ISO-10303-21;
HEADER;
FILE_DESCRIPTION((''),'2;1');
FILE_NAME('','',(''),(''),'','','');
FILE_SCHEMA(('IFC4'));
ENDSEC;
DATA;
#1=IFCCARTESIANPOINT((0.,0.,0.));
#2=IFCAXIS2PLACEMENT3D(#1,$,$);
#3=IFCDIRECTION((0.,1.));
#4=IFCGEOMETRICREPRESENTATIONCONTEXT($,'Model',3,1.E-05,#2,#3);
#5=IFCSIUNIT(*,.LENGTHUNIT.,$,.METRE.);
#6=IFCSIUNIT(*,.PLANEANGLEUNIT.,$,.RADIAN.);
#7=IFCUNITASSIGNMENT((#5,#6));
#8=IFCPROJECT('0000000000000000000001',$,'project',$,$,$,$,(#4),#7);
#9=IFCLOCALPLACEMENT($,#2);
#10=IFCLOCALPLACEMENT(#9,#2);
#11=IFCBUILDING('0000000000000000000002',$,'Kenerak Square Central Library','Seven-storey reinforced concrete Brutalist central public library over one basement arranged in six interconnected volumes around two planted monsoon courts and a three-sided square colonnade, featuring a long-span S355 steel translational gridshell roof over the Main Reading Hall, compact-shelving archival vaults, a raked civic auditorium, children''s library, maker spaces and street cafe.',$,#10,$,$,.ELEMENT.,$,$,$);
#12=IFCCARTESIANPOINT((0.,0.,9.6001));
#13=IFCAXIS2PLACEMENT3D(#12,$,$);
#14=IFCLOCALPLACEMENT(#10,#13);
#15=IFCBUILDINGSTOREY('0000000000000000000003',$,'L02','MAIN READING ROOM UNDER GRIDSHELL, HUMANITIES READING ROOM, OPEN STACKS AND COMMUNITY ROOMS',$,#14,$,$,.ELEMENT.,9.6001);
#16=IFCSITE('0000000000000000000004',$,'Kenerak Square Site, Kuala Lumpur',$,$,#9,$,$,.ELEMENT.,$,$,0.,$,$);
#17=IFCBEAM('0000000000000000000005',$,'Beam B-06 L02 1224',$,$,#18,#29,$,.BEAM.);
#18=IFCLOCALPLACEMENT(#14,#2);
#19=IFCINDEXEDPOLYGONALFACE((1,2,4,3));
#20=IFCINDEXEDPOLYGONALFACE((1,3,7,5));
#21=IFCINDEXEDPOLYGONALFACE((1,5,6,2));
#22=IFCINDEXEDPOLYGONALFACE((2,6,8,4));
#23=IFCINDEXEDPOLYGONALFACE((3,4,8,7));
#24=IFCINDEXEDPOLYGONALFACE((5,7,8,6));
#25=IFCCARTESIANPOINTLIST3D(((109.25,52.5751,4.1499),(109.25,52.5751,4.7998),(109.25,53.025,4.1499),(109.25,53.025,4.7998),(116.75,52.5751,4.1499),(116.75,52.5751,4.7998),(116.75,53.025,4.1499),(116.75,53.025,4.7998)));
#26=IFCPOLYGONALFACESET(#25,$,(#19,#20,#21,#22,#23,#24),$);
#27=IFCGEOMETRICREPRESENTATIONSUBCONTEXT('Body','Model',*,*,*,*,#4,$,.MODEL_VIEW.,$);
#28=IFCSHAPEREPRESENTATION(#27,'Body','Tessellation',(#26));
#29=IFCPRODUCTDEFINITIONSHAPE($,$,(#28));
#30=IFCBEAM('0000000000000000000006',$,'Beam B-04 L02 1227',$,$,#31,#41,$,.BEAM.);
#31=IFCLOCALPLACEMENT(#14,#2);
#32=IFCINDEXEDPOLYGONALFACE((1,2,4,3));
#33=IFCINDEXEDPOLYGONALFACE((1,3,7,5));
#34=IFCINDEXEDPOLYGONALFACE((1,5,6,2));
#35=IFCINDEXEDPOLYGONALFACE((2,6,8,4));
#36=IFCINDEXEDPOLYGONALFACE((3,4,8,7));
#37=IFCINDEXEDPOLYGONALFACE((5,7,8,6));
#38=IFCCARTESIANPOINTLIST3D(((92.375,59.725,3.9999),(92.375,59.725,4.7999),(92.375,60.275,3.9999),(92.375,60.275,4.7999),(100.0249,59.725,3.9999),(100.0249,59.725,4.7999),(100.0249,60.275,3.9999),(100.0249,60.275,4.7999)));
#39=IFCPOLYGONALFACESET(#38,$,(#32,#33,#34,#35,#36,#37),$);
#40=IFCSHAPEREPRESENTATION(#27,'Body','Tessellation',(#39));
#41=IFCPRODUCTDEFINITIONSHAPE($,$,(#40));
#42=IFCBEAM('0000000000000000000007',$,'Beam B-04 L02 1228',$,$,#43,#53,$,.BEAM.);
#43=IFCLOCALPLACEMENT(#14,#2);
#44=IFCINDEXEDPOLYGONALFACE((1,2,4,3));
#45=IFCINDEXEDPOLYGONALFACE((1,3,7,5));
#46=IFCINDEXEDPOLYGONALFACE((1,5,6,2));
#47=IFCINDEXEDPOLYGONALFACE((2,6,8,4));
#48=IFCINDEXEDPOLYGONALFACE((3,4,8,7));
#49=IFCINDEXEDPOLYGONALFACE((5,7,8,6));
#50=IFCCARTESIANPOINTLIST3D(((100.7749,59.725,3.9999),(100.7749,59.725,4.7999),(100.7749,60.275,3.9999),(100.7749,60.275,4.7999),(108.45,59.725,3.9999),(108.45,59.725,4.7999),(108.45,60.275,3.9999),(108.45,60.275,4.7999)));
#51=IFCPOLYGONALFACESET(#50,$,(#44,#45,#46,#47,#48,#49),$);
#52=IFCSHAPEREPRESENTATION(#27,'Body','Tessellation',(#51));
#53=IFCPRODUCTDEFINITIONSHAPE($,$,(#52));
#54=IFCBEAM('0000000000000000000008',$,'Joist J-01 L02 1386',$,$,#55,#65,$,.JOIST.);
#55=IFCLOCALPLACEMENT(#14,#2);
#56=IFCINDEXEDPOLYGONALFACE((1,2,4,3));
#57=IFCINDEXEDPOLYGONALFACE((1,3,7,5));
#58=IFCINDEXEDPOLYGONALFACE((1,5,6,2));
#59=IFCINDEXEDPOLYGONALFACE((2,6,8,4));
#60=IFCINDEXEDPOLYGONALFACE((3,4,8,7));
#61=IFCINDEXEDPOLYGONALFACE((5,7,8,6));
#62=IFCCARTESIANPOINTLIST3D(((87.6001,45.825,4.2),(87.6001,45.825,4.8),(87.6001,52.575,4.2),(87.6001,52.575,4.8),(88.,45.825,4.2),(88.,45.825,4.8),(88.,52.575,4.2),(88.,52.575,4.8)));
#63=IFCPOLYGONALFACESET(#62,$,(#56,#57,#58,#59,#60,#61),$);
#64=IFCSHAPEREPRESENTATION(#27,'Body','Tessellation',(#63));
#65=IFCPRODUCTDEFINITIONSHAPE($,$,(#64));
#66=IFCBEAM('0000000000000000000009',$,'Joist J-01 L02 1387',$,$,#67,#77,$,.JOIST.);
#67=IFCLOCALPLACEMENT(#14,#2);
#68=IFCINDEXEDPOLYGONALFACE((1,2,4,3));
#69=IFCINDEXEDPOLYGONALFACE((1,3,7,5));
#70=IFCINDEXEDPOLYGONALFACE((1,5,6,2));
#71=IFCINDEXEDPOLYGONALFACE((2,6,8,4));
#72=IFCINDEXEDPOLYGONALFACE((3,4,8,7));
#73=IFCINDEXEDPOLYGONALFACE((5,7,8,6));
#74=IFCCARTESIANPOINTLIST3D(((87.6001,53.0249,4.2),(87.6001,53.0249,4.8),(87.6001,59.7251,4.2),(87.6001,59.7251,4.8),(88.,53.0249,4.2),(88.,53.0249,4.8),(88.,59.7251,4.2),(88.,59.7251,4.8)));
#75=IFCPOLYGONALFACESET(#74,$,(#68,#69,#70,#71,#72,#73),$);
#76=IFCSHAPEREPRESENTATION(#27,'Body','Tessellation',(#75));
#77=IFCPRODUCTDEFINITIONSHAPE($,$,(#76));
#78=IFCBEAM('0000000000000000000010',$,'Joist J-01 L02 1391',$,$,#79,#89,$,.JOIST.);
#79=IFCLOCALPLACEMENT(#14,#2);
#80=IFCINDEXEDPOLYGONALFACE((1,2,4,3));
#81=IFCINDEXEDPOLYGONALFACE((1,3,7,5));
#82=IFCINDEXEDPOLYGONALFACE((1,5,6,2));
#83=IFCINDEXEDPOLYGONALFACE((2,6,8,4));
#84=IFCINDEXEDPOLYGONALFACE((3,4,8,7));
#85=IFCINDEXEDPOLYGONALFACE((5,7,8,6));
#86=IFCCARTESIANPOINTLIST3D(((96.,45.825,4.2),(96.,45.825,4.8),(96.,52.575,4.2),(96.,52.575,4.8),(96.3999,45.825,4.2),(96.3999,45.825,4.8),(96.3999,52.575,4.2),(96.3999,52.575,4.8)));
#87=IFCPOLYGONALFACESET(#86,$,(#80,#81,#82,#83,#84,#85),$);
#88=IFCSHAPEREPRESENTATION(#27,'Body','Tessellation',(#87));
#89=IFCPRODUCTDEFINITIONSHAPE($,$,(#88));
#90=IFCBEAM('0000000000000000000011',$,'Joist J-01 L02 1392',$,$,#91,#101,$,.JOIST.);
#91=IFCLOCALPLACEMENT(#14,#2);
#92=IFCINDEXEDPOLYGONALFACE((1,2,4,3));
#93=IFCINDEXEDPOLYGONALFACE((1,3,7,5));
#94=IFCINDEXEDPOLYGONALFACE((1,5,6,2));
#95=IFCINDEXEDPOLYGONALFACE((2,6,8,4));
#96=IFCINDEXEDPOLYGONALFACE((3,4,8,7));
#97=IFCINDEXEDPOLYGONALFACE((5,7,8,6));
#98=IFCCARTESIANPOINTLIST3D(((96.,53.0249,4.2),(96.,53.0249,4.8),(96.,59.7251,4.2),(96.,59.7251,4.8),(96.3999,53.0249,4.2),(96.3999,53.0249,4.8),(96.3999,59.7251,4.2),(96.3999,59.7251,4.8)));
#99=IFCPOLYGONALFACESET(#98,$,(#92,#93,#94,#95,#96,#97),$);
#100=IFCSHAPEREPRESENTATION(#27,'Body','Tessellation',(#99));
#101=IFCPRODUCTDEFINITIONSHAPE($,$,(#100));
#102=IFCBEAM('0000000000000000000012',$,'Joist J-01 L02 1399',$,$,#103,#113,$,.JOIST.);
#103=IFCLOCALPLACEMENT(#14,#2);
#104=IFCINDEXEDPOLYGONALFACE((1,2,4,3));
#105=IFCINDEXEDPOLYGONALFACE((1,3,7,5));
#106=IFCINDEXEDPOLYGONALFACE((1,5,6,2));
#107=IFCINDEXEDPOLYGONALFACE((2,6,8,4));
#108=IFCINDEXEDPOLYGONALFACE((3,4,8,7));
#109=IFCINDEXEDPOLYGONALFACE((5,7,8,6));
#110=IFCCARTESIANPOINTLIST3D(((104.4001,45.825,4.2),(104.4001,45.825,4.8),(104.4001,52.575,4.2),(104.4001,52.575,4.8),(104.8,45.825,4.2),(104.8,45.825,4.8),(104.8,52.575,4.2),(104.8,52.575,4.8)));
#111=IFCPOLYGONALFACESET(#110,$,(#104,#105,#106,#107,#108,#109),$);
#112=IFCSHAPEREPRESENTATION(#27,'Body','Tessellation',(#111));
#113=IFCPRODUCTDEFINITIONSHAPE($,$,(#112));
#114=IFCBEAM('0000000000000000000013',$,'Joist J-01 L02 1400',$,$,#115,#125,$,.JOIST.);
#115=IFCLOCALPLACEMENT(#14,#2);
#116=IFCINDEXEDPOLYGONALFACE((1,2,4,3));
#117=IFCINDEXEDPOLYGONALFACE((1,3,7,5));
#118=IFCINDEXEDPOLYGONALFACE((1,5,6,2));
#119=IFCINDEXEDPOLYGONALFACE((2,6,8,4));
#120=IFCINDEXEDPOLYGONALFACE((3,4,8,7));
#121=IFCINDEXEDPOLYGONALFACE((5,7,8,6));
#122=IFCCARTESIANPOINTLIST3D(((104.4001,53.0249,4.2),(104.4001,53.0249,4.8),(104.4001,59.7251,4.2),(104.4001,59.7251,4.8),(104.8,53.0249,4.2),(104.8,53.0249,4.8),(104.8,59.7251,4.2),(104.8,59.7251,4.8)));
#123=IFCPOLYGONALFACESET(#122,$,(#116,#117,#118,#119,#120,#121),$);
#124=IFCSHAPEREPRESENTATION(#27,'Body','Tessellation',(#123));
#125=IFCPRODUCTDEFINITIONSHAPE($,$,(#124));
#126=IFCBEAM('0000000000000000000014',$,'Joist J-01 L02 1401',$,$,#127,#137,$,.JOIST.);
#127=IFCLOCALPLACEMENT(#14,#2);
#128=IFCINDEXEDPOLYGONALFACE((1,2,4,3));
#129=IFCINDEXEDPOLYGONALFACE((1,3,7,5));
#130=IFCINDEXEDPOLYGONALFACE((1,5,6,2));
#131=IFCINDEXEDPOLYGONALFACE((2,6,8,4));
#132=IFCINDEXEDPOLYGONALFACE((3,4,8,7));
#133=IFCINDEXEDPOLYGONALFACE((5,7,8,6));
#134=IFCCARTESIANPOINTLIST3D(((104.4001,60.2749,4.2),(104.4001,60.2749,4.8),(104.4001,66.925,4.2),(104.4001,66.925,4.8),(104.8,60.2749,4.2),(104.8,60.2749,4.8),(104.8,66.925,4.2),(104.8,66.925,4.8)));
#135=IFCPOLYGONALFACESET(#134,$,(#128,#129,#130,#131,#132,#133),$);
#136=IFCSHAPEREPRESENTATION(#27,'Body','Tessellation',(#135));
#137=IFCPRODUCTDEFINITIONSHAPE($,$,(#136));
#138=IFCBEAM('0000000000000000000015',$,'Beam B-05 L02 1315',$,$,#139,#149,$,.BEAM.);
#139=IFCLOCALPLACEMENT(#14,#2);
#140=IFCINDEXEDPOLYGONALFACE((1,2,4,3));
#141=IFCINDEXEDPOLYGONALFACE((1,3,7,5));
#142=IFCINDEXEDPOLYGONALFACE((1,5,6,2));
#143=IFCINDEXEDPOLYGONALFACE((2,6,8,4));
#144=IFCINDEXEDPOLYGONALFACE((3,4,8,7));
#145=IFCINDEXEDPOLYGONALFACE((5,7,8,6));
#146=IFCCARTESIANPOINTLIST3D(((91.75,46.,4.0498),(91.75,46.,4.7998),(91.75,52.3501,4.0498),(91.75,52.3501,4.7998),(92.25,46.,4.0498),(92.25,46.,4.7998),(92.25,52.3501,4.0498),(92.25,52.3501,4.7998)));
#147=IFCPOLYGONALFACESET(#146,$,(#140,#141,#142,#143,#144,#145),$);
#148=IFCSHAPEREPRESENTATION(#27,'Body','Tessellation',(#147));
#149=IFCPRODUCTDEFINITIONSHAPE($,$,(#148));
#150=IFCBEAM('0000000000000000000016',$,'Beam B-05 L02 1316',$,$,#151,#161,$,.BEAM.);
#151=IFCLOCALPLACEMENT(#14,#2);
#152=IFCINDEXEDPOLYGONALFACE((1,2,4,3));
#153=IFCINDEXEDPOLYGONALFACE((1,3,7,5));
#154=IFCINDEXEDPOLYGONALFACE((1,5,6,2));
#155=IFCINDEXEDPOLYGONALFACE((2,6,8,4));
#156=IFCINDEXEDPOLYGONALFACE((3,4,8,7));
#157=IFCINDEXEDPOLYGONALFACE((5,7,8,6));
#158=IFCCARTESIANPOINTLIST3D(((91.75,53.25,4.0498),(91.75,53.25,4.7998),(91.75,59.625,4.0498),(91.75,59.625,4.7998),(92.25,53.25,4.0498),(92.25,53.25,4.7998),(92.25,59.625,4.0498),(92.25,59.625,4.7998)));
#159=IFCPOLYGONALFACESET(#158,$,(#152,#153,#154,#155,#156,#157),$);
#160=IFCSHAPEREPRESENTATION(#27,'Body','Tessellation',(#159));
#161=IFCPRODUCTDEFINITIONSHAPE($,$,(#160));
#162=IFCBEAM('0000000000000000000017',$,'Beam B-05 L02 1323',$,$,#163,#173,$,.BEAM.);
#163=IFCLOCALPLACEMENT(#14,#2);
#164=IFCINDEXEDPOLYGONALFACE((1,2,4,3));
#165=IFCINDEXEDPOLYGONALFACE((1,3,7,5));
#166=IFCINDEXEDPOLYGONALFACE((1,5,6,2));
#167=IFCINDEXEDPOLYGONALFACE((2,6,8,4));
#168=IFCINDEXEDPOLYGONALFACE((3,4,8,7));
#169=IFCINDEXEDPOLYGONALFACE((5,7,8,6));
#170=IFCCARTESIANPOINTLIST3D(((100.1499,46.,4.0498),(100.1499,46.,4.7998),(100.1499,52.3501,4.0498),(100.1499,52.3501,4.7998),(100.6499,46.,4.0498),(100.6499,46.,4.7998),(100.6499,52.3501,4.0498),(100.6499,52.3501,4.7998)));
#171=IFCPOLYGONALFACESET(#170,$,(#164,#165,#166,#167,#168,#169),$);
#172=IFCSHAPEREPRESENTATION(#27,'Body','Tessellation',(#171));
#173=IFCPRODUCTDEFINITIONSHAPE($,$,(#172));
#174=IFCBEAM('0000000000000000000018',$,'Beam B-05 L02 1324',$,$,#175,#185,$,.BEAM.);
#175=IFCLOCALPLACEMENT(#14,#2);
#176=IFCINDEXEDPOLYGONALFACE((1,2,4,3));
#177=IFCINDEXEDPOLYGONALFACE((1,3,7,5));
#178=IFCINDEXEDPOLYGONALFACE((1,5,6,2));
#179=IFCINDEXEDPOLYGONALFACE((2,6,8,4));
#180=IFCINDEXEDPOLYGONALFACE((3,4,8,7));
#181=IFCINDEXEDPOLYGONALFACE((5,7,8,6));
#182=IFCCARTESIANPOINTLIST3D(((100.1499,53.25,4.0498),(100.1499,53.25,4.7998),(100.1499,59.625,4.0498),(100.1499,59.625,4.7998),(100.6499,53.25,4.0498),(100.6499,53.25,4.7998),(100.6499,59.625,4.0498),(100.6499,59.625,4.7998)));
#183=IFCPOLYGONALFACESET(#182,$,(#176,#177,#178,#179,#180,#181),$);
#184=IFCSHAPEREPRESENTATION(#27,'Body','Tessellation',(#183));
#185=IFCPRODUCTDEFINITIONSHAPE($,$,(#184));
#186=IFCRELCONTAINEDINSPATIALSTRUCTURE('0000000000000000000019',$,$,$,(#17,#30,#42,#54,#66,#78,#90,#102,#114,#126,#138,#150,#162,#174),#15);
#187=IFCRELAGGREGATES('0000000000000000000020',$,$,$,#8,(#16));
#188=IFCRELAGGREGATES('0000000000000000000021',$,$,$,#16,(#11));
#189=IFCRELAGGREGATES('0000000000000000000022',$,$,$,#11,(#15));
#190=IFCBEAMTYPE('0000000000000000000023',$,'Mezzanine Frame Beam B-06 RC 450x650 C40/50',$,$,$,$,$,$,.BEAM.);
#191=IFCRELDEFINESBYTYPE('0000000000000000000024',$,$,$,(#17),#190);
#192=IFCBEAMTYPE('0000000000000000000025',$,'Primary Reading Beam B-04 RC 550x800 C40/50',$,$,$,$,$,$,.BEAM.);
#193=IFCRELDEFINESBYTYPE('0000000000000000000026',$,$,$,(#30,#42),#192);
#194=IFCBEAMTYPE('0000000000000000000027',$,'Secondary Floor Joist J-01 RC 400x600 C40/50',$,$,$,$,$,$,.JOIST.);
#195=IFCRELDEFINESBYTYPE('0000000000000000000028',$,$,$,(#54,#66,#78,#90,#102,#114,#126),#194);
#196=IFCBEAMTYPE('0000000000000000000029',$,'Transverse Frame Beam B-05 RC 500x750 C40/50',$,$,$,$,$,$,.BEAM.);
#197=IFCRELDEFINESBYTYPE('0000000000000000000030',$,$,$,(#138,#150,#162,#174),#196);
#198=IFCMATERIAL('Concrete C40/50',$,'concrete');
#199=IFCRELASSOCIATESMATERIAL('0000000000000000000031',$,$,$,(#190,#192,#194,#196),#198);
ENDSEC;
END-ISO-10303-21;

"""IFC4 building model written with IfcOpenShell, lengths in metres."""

from ifc_helpers import new_model, si_unit, direction, frame, origin, origin_2d, place, context, subcontext, project, spatial, rectangle, extrude, material, material_profile, profile_set, type_object, element, save


model = new_model("IFC4")

# Units and contexts
model_context = context("Model", 3, precision=1e-05, world=origin(), true_north=direction((0.0, 1.0)))
body_context = subcontext(model_context, "Body", "Model", "MODEL_VIEW")
ifc_project = project(units=[si_unit("LENGTHUNIT", "METRE"), si_unit("PLANEANGLEUNIT", "RADIAN")], contexts=[model_context])

# Site, building, storey
site_placement = place(None, origin())
site = spatial("IfcSite", under=ifc_project, at=site_placement, Name="Kenerak Square Site, Kuala Lumpur", CompositionType="ELEMENT", RefElevation=0.0)
building_placement = place(site_placement, origin())
building = spatial("IfcBuilding", under=site, at=building_placement, Name="Kenerak Square Central Library", Description="Seven-storey reinforced concrete Brutalist central public library over one basement arranged in six interconnected volumes around two planted monsoon courts and a three-sided square colonnade, featuring a long-span S355 steel translational gridshell roof over the Main Reading Hall, compact-shelving archival vaults, a raked civic auditorium, children's library, maker spaces and street cafe.", CompositionType="ELEMENT")
storey_placement = place(building_placement, frame((0.0, 0.0, 9.6001)))
storey = spatial("IfcBuildingStorey", under=building, at=storey_placement, Name="L02", Description="MAIN READING ROOM UNDER GRIDSHELL, HUMANITIES READING ROOM, OPEN STACKS AND COMMUNITY ROOMS", CompositionType="ELEMENT", Elevation=9.6001)

# Shared definitions
ifc_material_1 = material(Name="Concrete C40/50", Category="concrete")

# Beams
ifc_material_profile_1 = material_profile(ifc_material_1, rectangle(XDim=0.45, YDim=0.6499, at=origin_2d()), Name="RC 450x650")
ifc_profile_set_1 = profile_set([ifc_material_profile_1], Name="Concrete C40/50")
beam_type_1 = type_object("IfcBeamType", Name="Mezzanine Frame Beam B-06 RC 450x650 C40/50", PredefinedType="BEAM", material=ifc_profile_set_1)
for number, where, z_axis, x_axis, name in (
    (1, (109.25, 52.8, 4.4749), (1.0, 0.0, 0.0), (0.0, 1.0, 0.0), "Beam B-06 L02 1224"),
):
    element("IfcBeam", number, at=place(storey_placement, frame(where, z_axis=z_axis, x_axis=x_axis)), inside=storey, type_object=beam_type_1, Name=name, PredefinedType="BEAM", context=body_context, shape_type="SweptSolid", body=[
        extrude(rectangle(XDim=0.45, YDim=0.6499, at=origin_2d()), origin(), (0.0, 0.0, 1.0), 7.5),
    ])
ifc_material_profile_2 = material_profile(ifc_material_1, rectangle(XDim=0.55, YDim=0.8, at=origin_2d()), Name="RC 550x800")
ifc_profile_set_2 = profile_set([ifc_material_profile_2], Name="Concrete C40/50")
beam_type_2 = type_object("IfcBeamType", Name="Primary Reading Beam B-04 RC 550x800 C40/50", PredefinedType="BEAM", material=ifc_profile_set_2)
beam_1_placement = place(storey_placement, frame((92.375, 60.0, 4.3999), z_axis=(1.0, 0.0, 0.0), x_axis=(0.0, 1.0, 0.0)))
element("IfcBeam", 2, at=beam_1_placement, inside=storey, type_object=beam_type_2, Name="Beam B-04 L02 1227", PredefinedType="BEAM", context=body_context, shape_type="SweptSolid", body=[
    extrude(rectangle(XDim=0.55, YDim=0.8, at=origin_2d()), origin(), (0.0, 0.0, 1.0), 7.6499),
])
beam_2_placement = place(storey_placement, frame((100.7749, 60.0, 4.3999), z_axis=(1.0, 0.0, 0.0), x_axis=(0.0, 1.0, 0.0)))
element("IfcBeam", 3, at=beam_2_placement, inside=storey, type_object=beam_type_2, Name="Beam B-04 L02 1228", PredefinedType="BEAM", context=body_context, shape_type="SweptSolid", body=[
    extrude(rectangle(XDim=0.55, YDim=0.8, at=origin_2d()), origin(), (0.0, 0.0, 1.0), 7.675),
])
ifc_material_profile_3 = material_profile(ifc_material_1, rectangle(XDim=0.3999, YDim=0.6001, at=origin_2d()), Name="RC 400x600")
ifc_profile_set_3 = profile_set([ifc_material_profile_3], Name="Concrete C40/50")
beam_type_3 = type_object("IfcBeamType", Name="Secondary Floor Joist J-01 RC 400x600 C40/50", PredefinedType="JOIST", material=ifc_profile_set_3)
beam_3_placement = place(storey_placement, frame((87.8, 45.825, 4.5), z_axis=(0.0, 1.0, 0.0), x_axis=(-1.0, 0.0, 0.0)))
element("IfcBeam", 4, at=beam_3_placement, inside=storey, type_object=beam_type_3, Name="Joist J-01 L02 1386", PredefinedType="JOIST", context=body_context, shape_type="SweptSolid", body=[
    extrude(rectangle(XDim=0.3999, YDim=0.6001, at=origin_2d()), origin(), (0.0, 0.0, 1.0), 6.75),
])
beam_4_placement = place(storey_placement, frame((87.8, 53.0249, 4.5), z_axis=(0.0, 1.0, 0.0), x_axis=(-1.0, 0.0, 0.0)))
element("IfcBeam", 5, at=beam_4_placement, inside=storey, type_object=beam_type_3, Name="Joist J-01 L02 1387", PredefinedType="JOIST", context=body_context, shape_type="SweptSolid", body=[
    extrude(rectangle(XDim=0.3999, YDim=0.6001, at=origin_2d()), origin(), (0.0, 0.0, 1.0), 6.7002),
])
beam_5_placement = place(storey_placement, frame((96.2, 45.825, 4.5), z_axis=(0.0, 1.0, 0.0), x_axis=(-1.0, 0.0, 0.0)))
element("IfcBeam", 6, at=beam_5_placement, inside=storey, type_object=beam_type_3, Name="Joist J-01 L02 1391", PredefinedType="JOIST", context=body_context, shape_type="SweptSolid", body=[
    extrude(rectangle(XDim=0.3999, YDim=0.6001, at=origin_2d()), origin(), (0.0, 0.0, 1.0), 6.75),
])
beam_6_placement = place(storey_placement, frame((96.2, 53.0249, 4.5), z_axis=(0.0, 1.0, 0.0), x_axis=(-1.0, 0.0, 0.0)))
element("IfcBeam", 7, at=beam_6_placement, inside=storey, type_object=beam_type_3, Name="Joist J-01 L02 1392", PredefinedType="JOIST", context=body_context, shape_type="SweptSolid", body=[
    extrude(rectangle(XDim=0.3999, YDim=0.6001, at=origin_2d()), origin(), (0.0, 0.0, 1.0), 6.7002),
])
beam_7_placement = place(storey_placement, frame((104.6001, 45.825, 4.5), z_axis=(0.0, 1.0, 0.0), x_axis=(-1.0, 0.0, 0.0)))
element("IfcBeam", 8, at=beam_7_placement, inside=storey, type_object=beam_type_3, Name="Joist J-01 L02 1399", PredefinedType="JOIST", context=body_context, shape_type="SweptSolid", body=[
    extrude(rectangle(XDim=0.3999, YDim=0.6001, at=origin_2d()), origin(), (0.0, 0.0, 1.0), 6.75),
])
beam_8_placement = place(storey_placement, frame((104.6001, 53.0249, 4.5), z_axis=(0.0, 1.0, 0.0), x_axis=(-1.0, 0.0, 0.0)))
element("IfcBeam", 9, at=beam_8_placement, inside=storey, type_object=beam_type_3, Name="Joist J-01 L02 1400", PredefinedType="JOIST", context=body_context, shape_type="SweptSolid", body=[
    extrude(rectangle(XDim=0.3999, YDim=0.6001, at=origin_2d()), origin(), (0.0, 0.0, 1.0), 6.7002),
])
beam_9_placement = place(storey_placement, frame((104.6001, 60.2749, 4.5), z_axis=(0.0, 1.0, 0.0), x_axis=(-1.0, 0.0, 0.0)))
element("IfcBeam", 10, at=beam_9_placement, inside=storey, type_object=beam_type_3, Name="Joist J-01 L02 1401", PredefinedType="JOIST", context=body_context, shape_type="SweptSolid", body=[
    extrude(rectangle(XDim=0.3999, YDim=0.6001, at=origin_2d()), origin(), (0.0, 0.0, 1.0), 6.6501),
])
ifc_material_profile_4 = material_profile(ifc_material_1, rectangle(XDim=0.5, YDim=0.75, at=origin_2d()), Name="RC 500x750")
ifc_profile_set_4 = profile_set([ifc_material_profile_4], Name="Concrete C40/50")
beam_type_4 = type_object("IfcBeamType", Name="Transverse Frame Beam B-05 RC 500x750 C40/50", PredefinedType="BEAM", material=ifc_profile_set_4)
beam_10_placement = place(storey_placement, frame((92.0, 46.0, 4.4248), z_axis=(0.0, 1.0, 0.0), x_axis=(-1.0, 0.0, 0.0)))
element("IfcBeam", 11, at=beam_10_placement, inside=storey, type_object=beam_type_4, Name="Beam B-05 L02 1315", PredefinedType="BEAM", context=body_context, shape_type="SweptSolid", body=[
    extrude(rectangle(XDim=0.5, YDim=0.75, at=origin_2d()), origin(), (0.0, 0.0, 1.0), 6.3501),
])
beam_11_placement = place(storey_placement, frame((92.0, 53.25, 4.4248), z_axis=(0.0, 1.0, 0.0), x_axis=(-1.0, 0.0, 0.0)))
element("IfcBeam", 12, at=beam_11_placement, inside=storey, type_object=beam_type_4, Name="Beam B-05 L02 1316", PredefinedType="BEAM", context=body_context, shape_type="SweptSolid", body=[
    extrude(rectangle(XDim=0.5, YDim=0.75, at=origin_2d()), origin(), (0.0, 0.0, 1.0), 6.375),
])
beam_12_placement = place(storey_placement, frame((100.3999, 46.0, 4.4248), z_axis=(0.0, 1.0, 0.0), x_axis=(-1.0, 0.0, 0.0)))
element("IfcBeam", 13, at=beam_12_placement, inside=storey, type_object=beam_type_4, Name="Beam B-05 L02 1323", PredefinedType="BEAM", context=body_context, shape_type="SweptSolid", body=[
    extrude(rectangle(XDim=0.5, YDim=0.75, at=origin_2d()), origin(), (0.0, 0.0, 1.0), 6.3501),
])
beam_13_placement = place(storey_placement, frame((100.3999, 53.25, 4.4248), z_axis=(0.0, 1.0, 0.0), x_axis=(-1.0, 0.0, 0.0)))
element("IfcBeam", 14, at=beam_13_placement, inside=storey, type_object=beam_type_4, Name="Beam B-05 L02 1324", PredefinedType="BEAM", context=body_context, shape_type="SweptSolid", body=[
    extrude(rectangle(XDim=0.5, YDim=0.75, at=origin_2d()), origin(), (0.0, 0.0, 1.0), 6.375),
])

save(model, "model.ifc")
